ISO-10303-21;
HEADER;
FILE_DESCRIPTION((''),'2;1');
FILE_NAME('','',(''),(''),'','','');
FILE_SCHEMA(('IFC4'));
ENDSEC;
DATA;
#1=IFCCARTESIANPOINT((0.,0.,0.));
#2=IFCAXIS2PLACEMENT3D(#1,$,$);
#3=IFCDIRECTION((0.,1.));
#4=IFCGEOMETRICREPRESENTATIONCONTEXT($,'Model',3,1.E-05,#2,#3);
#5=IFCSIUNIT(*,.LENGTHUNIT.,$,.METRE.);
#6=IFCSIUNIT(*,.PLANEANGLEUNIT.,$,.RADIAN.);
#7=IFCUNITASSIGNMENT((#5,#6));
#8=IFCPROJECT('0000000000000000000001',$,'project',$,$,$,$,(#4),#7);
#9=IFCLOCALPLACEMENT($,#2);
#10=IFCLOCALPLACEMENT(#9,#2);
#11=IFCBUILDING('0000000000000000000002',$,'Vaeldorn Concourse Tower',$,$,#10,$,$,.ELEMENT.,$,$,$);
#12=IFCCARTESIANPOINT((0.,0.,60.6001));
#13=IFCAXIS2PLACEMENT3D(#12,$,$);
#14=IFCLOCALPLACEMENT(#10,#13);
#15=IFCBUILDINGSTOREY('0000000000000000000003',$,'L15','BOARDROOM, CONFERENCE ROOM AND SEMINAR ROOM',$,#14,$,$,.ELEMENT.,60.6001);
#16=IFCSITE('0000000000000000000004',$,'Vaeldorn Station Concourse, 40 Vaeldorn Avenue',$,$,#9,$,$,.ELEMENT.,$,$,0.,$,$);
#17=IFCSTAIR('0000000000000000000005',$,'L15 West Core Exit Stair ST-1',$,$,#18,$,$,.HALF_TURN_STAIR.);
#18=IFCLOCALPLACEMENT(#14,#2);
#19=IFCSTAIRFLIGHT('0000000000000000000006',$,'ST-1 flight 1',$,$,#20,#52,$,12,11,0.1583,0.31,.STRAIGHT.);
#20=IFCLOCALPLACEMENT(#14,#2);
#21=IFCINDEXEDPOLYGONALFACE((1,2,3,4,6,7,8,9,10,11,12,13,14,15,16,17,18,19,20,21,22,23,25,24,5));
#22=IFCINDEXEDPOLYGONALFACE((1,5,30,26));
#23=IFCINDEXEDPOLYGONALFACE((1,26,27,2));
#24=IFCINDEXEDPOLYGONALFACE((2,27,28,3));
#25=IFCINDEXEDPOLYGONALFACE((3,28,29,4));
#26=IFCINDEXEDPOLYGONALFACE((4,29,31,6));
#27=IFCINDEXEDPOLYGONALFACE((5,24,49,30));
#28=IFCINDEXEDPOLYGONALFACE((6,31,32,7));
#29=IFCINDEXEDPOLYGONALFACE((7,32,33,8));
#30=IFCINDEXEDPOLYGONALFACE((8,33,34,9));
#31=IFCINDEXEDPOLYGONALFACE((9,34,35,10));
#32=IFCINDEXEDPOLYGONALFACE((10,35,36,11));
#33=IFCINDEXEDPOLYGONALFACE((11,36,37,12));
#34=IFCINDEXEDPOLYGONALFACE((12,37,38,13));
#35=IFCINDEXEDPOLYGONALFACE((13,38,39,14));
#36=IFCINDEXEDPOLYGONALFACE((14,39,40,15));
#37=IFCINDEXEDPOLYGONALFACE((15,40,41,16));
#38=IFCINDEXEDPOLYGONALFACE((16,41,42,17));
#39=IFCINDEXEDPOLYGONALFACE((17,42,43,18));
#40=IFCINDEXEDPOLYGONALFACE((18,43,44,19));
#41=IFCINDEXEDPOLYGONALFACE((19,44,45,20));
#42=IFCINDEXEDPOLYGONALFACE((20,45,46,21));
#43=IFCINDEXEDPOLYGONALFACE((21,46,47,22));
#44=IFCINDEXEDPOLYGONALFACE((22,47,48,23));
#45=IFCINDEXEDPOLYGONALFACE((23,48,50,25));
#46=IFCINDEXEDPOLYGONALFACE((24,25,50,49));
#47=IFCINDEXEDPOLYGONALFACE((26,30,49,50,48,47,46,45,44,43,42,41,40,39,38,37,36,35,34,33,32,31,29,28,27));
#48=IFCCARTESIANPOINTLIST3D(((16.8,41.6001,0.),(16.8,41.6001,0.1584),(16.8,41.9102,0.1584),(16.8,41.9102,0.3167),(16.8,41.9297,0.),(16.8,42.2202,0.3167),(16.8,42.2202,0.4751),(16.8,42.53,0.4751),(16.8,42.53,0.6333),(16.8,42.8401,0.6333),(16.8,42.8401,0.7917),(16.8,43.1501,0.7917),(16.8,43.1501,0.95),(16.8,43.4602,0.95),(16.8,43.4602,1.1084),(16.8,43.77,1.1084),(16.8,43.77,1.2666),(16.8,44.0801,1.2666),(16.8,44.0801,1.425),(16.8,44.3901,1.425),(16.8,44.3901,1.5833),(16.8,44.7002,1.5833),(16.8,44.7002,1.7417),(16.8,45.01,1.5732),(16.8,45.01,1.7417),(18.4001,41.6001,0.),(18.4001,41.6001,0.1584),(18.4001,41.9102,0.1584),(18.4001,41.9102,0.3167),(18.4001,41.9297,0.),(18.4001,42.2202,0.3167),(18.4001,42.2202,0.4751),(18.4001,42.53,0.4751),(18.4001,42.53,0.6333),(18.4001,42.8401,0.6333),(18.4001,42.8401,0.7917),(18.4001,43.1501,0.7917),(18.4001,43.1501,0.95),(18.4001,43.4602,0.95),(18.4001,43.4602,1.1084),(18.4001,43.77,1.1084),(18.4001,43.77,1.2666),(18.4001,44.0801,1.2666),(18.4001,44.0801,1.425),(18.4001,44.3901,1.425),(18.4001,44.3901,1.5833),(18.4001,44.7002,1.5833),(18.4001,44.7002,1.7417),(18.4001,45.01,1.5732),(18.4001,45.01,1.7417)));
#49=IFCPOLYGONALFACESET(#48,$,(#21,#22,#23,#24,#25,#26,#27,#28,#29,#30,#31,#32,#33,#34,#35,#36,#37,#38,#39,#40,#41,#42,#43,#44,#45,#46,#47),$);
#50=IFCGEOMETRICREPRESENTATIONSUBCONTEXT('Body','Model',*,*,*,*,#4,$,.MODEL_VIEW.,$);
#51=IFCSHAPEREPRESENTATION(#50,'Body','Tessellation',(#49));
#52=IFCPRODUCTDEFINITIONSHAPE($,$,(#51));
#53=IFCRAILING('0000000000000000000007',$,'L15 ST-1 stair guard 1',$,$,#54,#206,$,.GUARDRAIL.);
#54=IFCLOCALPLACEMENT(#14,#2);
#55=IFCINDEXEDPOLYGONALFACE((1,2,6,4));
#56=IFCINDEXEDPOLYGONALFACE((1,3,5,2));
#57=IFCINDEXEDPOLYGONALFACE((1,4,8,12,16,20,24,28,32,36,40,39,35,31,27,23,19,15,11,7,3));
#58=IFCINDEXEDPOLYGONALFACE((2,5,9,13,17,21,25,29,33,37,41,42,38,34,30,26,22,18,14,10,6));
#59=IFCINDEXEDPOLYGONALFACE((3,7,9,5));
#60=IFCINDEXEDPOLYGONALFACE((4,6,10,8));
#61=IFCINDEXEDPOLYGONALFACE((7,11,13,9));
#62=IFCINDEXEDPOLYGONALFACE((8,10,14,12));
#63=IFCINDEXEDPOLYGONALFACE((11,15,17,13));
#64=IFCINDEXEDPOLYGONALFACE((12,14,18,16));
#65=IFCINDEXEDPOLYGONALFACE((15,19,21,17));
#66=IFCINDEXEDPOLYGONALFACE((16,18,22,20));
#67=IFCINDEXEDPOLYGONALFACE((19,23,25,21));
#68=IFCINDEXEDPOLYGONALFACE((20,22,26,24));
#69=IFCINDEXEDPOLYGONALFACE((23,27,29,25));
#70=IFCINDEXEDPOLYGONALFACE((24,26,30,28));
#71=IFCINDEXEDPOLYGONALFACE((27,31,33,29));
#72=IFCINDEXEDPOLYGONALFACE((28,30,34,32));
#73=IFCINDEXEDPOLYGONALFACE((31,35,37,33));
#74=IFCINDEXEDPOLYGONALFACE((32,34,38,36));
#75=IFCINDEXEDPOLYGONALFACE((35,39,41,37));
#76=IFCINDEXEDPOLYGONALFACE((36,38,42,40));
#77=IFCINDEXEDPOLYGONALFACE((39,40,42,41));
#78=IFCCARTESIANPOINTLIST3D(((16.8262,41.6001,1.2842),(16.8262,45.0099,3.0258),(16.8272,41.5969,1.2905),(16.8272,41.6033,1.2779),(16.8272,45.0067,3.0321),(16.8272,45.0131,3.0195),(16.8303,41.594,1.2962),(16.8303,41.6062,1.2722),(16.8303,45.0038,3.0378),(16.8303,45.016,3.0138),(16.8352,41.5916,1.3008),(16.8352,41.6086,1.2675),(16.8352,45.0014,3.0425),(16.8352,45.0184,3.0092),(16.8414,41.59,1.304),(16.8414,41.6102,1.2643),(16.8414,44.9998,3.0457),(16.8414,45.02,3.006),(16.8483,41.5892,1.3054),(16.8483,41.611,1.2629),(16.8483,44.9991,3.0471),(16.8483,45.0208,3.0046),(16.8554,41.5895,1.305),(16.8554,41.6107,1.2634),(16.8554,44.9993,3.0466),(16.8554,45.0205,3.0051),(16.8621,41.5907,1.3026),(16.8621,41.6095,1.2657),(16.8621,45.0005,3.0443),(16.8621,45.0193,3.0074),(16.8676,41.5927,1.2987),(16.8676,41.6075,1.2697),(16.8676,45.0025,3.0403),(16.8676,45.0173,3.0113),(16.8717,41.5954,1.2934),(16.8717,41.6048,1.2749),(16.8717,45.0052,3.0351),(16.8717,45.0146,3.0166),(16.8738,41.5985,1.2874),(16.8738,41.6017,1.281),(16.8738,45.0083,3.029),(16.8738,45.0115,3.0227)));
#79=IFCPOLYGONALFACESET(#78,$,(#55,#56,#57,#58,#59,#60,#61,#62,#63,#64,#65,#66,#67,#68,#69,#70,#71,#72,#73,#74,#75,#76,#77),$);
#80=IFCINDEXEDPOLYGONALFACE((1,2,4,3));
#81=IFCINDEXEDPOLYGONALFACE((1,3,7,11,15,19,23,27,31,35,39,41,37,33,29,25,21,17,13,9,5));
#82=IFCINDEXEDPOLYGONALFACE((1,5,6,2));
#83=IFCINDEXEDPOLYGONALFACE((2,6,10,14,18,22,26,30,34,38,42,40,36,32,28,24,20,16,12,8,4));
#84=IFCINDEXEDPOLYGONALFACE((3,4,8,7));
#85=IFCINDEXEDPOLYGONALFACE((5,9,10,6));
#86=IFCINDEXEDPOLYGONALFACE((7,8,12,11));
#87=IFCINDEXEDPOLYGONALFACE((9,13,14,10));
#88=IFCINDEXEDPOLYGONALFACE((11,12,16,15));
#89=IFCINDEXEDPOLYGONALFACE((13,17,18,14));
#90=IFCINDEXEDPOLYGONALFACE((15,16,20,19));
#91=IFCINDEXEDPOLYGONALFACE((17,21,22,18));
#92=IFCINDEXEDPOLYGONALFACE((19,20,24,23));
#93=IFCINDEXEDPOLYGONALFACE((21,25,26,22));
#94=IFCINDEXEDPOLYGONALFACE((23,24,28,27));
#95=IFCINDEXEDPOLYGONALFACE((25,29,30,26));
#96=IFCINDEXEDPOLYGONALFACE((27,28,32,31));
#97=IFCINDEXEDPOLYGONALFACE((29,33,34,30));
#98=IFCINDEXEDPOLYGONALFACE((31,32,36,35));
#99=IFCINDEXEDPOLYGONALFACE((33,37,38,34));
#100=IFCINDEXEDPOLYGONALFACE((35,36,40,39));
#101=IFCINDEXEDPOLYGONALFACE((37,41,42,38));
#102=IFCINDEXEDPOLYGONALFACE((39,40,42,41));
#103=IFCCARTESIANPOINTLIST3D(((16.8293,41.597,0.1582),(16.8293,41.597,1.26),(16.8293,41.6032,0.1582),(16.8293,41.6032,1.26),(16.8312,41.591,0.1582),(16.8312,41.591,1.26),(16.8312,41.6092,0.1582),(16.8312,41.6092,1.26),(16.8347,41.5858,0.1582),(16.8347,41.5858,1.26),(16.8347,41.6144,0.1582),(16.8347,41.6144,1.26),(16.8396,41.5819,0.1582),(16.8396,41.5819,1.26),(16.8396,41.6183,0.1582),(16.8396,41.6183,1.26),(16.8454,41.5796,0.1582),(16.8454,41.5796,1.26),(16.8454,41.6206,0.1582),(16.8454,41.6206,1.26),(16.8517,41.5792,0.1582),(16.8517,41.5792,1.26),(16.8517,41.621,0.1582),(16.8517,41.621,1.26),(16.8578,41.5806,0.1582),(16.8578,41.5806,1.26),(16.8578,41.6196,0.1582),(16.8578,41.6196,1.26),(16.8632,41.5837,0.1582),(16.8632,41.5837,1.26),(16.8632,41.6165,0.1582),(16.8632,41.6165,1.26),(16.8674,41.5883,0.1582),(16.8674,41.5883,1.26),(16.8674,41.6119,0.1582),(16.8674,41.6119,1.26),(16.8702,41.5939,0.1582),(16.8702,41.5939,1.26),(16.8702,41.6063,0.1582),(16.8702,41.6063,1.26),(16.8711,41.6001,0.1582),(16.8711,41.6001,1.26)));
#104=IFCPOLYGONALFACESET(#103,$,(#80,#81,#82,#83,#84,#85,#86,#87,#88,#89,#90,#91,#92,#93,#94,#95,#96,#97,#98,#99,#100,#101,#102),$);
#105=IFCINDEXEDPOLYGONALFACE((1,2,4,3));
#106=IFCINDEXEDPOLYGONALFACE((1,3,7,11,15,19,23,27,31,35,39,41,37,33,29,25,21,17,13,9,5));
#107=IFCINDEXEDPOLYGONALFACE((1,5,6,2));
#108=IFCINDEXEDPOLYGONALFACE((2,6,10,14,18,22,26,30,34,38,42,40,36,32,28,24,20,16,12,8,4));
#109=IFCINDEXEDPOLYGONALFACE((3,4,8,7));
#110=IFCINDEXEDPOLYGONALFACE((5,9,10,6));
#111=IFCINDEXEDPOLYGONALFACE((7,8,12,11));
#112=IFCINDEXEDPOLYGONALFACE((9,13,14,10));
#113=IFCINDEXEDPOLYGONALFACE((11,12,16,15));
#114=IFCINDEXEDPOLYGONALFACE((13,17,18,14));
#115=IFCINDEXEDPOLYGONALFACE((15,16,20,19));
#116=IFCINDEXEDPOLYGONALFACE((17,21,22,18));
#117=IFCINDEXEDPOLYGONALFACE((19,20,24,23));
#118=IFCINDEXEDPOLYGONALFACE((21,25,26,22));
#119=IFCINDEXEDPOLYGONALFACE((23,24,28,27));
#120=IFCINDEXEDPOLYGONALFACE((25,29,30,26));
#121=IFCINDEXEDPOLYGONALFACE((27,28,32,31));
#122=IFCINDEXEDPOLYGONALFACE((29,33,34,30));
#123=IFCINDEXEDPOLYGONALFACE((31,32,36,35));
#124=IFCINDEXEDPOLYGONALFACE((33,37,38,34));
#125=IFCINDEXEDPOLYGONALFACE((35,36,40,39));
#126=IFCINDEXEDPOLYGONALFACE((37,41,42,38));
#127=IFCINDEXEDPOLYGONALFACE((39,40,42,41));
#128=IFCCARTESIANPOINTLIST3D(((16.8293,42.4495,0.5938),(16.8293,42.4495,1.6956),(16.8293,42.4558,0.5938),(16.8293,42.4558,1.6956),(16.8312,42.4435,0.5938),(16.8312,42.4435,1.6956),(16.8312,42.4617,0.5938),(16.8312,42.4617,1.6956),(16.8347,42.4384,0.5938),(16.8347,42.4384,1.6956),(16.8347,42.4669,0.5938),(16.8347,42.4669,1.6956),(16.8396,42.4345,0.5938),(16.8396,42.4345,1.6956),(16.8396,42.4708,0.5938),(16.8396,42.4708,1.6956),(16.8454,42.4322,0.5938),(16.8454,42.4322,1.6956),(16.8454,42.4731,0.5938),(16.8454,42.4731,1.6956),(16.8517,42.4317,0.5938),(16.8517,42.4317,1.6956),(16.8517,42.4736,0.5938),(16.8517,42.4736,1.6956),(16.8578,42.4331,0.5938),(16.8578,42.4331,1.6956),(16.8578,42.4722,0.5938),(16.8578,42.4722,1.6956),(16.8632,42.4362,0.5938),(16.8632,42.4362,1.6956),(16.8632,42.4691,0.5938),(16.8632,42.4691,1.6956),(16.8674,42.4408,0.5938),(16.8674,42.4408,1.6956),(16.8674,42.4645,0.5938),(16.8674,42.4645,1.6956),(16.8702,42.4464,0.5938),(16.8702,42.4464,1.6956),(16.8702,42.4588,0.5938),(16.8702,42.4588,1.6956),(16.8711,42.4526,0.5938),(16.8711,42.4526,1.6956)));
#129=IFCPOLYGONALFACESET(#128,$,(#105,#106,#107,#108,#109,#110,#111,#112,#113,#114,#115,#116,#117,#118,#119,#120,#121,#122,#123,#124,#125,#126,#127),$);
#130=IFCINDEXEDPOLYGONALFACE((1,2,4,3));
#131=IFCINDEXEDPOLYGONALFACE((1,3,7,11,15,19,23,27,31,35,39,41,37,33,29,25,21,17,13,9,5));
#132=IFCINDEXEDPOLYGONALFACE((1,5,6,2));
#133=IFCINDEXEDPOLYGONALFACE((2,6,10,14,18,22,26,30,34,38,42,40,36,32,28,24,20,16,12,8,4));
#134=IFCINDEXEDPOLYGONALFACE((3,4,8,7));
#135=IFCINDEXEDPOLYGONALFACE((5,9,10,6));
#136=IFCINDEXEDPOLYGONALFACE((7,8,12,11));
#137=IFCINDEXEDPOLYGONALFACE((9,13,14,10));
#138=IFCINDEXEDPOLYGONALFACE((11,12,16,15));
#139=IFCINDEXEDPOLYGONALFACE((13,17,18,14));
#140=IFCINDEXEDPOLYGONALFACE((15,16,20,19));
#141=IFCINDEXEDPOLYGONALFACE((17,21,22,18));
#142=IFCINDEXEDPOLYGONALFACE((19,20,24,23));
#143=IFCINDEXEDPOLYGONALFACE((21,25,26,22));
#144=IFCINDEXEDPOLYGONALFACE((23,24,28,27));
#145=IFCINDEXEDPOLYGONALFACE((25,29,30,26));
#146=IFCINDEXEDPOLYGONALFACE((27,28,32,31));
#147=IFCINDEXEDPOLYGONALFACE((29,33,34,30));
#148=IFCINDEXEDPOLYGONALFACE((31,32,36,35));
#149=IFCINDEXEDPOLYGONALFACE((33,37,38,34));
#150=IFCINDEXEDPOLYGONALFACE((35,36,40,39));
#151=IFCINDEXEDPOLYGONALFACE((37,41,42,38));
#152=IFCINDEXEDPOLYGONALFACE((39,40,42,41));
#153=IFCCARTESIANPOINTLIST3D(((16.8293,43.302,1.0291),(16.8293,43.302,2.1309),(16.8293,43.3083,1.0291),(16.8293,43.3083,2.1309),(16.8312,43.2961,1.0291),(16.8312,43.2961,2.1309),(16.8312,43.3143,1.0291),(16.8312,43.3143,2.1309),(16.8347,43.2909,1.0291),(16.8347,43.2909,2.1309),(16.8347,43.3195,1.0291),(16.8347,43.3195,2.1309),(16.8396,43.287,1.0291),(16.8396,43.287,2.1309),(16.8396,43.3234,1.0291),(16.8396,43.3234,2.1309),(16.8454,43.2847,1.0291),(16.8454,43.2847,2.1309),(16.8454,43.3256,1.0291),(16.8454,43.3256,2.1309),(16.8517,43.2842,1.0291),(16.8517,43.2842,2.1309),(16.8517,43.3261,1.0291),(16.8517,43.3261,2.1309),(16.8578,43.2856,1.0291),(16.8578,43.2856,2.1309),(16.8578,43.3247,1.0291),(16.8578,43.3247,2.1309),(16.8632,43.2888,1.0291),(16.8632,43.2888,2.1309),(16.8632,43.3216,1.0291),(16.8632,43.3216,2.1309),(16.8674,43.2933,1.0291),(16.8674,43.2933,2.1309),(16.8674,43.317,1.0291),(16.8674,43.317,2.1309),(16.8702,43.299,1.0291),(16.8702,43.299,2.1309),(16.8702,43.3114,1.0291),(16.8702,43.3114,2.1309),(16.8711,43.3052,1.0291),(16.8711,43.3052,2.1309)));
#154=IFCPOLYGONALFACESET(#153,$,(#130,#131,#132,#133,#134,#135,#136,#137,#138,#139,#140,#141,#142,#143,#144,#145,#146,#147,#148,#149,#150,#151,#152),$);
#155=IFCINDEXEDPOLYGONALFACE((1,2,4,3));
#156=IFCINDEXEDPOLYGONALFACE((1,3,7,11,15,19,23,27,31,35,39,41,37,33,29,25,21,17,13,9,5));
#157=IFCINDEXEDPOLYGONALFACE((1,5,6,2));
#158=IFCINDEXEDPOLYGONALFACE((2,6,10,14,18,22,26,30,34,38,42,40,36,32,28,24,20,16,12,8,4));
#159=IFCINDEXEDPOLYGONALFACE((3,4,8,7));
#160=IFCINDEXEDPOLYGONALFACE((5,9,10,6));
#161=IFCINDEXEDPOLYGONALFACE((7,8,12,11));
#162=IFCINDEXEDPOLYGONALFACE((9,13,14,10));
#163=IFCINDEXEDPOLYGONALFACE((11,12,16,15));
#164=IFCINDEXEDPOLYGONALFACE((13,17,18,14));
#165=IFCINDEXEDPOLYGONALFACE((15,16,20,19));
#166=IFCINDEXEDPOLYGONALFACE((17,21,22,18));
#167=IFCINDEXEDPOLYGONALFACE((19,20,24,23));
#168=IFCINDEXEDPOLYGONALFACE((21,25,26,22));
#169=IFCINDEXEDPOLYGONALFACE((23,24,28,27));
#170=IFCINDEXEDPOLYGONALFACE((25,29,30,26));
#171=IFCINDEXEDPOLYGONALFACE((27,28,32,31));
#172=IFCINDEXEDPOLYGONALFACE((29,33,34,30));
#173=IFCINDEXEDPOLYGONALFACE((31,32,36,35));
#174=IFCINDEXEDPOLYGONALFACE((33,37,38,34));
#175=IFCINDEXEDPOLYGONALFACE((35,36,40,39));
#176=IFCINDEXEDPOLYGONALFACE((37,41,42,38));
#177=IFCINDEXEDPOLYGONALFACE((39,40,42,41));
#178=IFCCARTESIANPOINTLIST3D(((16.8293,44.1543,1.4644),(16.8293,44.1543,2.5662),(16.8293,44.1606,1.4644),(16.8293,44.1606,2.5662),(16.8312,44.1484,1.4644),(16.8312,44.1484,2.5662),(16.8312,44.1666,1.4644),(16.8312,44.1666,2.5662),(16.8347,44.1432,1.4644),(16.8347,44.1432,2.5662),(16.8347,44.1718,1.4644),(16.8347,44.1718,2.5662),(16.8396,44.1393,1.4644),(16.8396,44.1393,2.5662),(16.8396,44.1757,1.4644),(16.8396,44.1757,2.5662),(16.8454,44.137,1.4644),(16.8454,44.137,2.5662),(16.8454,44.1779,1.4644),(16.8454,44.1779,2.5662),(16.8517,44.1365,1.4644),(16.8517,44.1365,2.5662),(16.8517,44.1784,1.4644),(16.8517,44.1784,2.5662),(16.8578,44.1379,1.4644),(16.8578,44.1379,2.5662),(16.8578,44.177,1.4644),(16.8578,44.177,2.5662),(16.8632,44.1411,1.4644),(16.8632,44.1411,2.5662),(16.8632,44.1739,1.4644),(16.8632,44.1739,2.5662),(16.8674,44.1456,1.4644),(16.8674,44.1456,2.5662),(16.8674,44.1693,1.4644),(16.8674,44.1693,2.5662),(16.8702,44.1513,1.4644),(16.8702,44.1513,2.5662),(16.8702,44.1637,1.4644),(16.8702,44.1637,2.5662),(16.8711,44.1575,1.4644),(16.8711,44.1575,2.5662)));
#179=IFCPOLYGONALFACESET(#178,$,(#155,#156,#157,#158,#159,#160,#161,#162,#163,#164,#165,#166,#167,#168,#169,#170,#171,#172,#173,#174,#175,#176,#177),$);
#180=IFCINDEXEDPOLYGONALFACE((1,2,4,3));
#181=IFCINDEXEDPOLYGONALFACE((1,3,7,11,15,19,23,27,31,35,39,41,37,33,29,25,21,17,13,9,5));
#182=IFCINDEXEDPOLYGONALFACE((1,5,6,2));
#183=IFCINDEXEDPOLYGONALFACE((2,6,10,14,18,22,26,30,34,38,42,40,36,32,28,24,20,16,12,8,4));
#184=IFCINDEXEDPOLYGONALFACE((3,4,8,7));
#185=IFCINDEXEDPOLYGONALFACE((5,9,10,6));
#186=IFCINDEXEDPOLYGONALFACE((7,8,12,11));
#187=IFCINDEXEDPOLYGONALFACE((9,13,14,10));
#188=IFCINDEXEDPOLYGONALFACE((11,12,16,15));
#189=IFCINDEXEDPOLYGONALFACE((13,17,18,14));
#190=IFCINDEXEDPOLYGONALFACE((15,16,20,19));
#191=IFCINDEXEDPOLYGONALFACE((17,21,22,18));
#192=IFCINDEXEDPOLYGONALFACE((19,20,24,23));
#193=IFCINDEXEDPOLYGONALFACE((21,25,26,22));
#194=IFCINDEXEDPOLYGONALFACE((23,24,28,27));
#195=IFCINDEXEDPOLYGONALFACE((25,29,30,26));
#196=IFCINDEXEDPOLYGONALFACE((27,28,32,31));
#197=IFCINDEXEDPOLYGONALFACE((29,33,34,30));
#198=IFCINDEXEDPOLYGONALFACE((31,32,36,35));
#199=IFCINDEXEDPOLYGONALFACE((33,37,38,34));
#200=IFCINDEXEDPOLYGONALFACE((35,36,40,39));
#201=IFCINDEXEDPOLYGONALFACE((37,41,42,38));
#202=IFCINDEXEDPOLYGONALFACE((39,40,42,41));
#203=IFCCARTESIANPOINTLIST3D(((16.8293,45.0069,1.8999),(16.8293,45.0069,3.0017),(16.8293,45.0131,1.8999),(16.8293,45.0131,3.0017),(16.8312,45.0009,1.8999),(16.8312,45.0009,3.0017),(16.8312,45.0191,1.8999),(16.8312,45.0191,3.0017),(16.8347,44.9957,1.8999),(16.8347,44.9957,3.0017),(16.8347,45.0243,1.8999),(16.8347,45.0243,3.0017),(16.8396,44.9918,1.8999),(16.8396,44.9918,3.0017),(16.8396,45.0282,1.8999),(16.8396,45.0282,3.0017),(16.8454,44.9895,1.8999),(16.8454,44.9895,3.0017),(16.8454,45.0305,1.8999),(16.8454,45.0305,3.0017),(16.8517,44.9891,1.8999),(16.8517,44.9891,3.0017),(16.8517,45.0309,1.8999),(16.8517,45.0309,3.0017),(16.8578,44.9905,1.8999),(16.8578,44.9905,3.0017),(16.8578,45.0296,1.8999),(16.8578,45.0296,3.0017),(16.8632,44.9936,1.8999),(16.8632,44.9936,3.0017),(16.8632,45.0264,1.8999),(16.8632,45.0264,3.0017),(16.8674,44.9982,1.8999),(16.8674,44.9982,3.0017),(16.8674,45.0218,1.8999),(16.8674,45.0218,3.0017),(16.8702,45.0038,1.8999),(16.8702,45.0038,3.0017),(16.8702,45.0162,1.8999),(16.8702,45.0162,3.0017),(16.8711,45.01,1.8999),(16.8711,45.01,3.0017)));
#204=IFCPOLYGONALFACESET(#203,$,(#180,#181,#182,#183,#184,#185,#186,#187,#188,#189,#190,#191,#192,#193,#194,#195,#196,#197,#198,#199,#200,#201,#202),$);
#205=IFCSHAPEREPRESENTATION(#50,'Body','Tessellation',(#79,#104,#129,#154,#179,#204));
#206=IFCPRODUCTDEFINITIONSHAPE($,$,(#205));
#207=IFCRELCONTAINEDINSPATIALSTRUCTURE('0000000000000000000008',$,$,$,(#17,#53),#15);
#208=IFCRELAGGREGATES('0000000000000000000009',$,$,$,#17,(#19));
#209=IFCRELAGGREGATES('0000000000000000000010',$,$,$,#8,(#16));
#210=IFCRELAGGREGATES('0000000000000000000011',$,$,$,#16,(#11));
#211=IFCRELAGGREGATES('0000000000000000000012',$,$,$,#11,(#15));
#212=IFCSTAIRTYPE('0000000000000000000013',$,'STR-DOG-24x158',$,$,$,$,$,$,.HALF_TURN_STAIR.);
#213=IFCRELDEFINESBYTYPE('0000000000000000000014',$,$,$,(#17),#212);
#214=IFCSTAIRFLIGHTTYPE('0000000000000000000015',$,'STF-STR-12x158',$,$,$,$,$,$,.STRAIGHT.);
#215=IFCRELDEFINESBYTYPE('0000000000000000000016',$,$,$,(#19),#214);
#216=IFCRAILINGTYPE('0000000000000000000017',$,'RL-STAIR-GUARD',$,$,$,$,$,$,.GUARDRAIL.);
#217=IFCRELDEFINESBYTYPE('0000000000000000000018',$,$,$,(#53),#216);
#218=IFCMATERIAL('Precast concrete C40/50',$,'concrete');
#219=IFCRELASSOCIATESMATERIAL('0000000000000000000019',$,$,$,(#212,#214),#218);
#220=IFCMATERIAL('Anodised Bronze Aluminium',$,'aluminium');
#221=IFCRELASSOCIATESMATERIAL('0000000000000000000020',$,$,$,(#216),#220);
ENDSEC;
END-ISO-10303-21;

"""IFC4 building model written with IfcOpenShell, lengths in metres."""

from ifc_helpers import new_model, si_unit, direction, frame, origin, origin_2d, place, context, subcontext, project, spatial, polyline, circle, outline, extrude, material, type_object, element, aggregate, save


model = new_model("IFC4")

# Units and contexts
model_context = context("Model", 3, precision=1e-05, world=origin(), true_north=direction((0.0, 1.0)))
body_context = subcontext(model_context, "Body", "Model", "MODEL_VIEW")
ifc_project = project(units=[si_unit("LENGTHUNIT", "METRE"), si_unit("PLANEANGLEUNIT", "RADIAN")], contexts=[model_context])

# Site, building, storey
site_placement = place(None, origin())
site = spatial("IfcSite", under=ifc_project, at=site_placement, Name="Vaeldorn Station Concourse, 40 Vaeldorn Avenue", CompositionType="ELEMENT", RefElevation=0.0)
building_placement = place(site_placement, origin())
building = spatial("IfcBuilding", under=site, at=building_placement, Name="Vaeldorn Concourse Tower", CompositionType="ELEMENT")
storey_placement = place(building_placement, frame((0.0, 0.0, 60.6001)))
storey = spatial("IfcBuildingStorey", under=building, at=storey_placement, Name="L15", Description="BOARDROOM, CONFERENCE ROOM AND SEMINAR ROOM", CompositionType="ELEMENT", Elevation=60.6001)

# Shared definitions
ifc_material_1 = material(Name="Anodised Bronze Aluminium", Category="aluminium")

# Stair, stair flight
ifc_material_2 = material(Name="Precast concrete C40/50", Category="concrete")
stair_type = type_object("IfcStairType", Name="STR-DOG-24x158", PredefinedType="HALF_TURN_STAIR", material=ifc_material_2)
stair_placement = place(storey_placement, origin())
stair = element("IfcStair", 1, at=stair_placement, inside=storey, type_object=stair_type, Name="L15 West Core Exit Stair ST-1", PredefinedType="HALF_TURN_STAIR")
stair_flight_type = type_object("IfcStairFlightType", Name="STF-STR-12x158", PredefinedType="STRAIGHT", material=ifc_material_2)
stair_flight_placement = place(storey_placement, frame((17.6001, 41.6001, 0.0), z_axis=(0.0, 0.0, 1.0), x_axis=(0.0, 1.0, 0.0)))
stair_flight = element("IfcStairFlight", 2, at=stair_flight_placement, type_object=stair_flight_type, Name="ST-1 flight 1", NumberOfRisers=12, NumberOfTreads=11, PredefinedType="STRAIGHT", RiserHeight=0.1583, TreadLength=0.31, context=body_context, shape_type="SweptSolid", body=[
    extrude(outline(polyline([(0.0, 0.0), (0.0, 0.1584), (0.3101, 0.1584), (0.3101, 0.3167), (0.6201, 0.3167), (0.6201, 0.4751), (0.9299, 0.4751), (0.9299, 0.6333), (1.24, 0.6333), (1.24, 0.7917), (1.55, 0.7917), (1.55, 0.95), (1.8601, 0.95), (1.8601, 1.1084), (2.1699, 1.1084), (2.1699, 1.2666), (2.48, 1.2666), (2.48, 1.425), (2.79, 1.425), (2.79, 1.5833), (3.1001, 1.5833), (3.1001, 1.7417), (3.4099, 1.7417), (3.4099, 1.8999), (3.4099, 1.5732), (0.3296, 0.0), (0.0, 0.0)])), frame((0.0, 0.8, 0.0), z_axis=(0.0, -1.0, 0.0), x_axis=(1.0, 0.0, 0.0)), (0.0, 0.0, 1.0), 1.6001),
])
aggregate(stair, [stair_flight])

# Railing
railing_type_1 = type_object("IfcRailingType", Name="RL-STAIR-GUARD", PredefinedType="GUARDRAIL", material=ifc_material_1)
railing_1_placement = place(storey_placement, frame((16.8501, 41.6001, 0.1582)))
element("IfcRailing", 3, at=railing_1_placement, inside=storey, type_object=railing_type_1, Name="L15 ST-1 stair guard 1", PredefinedType="GUARDRAIL", context=body_context, shape_type="SweptSolid", body=[
    extrude(circle(Radius=0.0239, at=origin_2d()), frame((0.0, 0.0, 1.126), z_axis=(0.0, 0.890556, 0.454874), x_axis=(-1.0, 0.0, 0.0)), (0.0, 0.0, 1.0), 3.8289),
    extrude(circle(Radius=0.021, at=origin_2d()), origin(), (0.0, 0.0, 1.0), 1.1018),
    extrude(circle(Radius=0.021, at=origin_2d()), frame((0.0, 0.8525, 0.4355)), (0.0, 0.0, 1.0), 1.1018),
    extrude(circle(Radius=0.021, at=origin_2d()), frame((0.0, 1.7051, 0.8708)), (0.0, 0.0, 1.0), 1.1018),
    extrude(circle(Radius=0.021, at=origin_2d()), frame((0.0, 2.5574, 1.3062)), (0.0, 0.0, 1.0), 1.1018),
    extrude(circle(Radius=0.021, at=origin_2d()), frame((0.0, 3.4099, 1.7417)), (0.0, 0.0, 1.0), 1.1018),
])

save(model, "model.ifc")
